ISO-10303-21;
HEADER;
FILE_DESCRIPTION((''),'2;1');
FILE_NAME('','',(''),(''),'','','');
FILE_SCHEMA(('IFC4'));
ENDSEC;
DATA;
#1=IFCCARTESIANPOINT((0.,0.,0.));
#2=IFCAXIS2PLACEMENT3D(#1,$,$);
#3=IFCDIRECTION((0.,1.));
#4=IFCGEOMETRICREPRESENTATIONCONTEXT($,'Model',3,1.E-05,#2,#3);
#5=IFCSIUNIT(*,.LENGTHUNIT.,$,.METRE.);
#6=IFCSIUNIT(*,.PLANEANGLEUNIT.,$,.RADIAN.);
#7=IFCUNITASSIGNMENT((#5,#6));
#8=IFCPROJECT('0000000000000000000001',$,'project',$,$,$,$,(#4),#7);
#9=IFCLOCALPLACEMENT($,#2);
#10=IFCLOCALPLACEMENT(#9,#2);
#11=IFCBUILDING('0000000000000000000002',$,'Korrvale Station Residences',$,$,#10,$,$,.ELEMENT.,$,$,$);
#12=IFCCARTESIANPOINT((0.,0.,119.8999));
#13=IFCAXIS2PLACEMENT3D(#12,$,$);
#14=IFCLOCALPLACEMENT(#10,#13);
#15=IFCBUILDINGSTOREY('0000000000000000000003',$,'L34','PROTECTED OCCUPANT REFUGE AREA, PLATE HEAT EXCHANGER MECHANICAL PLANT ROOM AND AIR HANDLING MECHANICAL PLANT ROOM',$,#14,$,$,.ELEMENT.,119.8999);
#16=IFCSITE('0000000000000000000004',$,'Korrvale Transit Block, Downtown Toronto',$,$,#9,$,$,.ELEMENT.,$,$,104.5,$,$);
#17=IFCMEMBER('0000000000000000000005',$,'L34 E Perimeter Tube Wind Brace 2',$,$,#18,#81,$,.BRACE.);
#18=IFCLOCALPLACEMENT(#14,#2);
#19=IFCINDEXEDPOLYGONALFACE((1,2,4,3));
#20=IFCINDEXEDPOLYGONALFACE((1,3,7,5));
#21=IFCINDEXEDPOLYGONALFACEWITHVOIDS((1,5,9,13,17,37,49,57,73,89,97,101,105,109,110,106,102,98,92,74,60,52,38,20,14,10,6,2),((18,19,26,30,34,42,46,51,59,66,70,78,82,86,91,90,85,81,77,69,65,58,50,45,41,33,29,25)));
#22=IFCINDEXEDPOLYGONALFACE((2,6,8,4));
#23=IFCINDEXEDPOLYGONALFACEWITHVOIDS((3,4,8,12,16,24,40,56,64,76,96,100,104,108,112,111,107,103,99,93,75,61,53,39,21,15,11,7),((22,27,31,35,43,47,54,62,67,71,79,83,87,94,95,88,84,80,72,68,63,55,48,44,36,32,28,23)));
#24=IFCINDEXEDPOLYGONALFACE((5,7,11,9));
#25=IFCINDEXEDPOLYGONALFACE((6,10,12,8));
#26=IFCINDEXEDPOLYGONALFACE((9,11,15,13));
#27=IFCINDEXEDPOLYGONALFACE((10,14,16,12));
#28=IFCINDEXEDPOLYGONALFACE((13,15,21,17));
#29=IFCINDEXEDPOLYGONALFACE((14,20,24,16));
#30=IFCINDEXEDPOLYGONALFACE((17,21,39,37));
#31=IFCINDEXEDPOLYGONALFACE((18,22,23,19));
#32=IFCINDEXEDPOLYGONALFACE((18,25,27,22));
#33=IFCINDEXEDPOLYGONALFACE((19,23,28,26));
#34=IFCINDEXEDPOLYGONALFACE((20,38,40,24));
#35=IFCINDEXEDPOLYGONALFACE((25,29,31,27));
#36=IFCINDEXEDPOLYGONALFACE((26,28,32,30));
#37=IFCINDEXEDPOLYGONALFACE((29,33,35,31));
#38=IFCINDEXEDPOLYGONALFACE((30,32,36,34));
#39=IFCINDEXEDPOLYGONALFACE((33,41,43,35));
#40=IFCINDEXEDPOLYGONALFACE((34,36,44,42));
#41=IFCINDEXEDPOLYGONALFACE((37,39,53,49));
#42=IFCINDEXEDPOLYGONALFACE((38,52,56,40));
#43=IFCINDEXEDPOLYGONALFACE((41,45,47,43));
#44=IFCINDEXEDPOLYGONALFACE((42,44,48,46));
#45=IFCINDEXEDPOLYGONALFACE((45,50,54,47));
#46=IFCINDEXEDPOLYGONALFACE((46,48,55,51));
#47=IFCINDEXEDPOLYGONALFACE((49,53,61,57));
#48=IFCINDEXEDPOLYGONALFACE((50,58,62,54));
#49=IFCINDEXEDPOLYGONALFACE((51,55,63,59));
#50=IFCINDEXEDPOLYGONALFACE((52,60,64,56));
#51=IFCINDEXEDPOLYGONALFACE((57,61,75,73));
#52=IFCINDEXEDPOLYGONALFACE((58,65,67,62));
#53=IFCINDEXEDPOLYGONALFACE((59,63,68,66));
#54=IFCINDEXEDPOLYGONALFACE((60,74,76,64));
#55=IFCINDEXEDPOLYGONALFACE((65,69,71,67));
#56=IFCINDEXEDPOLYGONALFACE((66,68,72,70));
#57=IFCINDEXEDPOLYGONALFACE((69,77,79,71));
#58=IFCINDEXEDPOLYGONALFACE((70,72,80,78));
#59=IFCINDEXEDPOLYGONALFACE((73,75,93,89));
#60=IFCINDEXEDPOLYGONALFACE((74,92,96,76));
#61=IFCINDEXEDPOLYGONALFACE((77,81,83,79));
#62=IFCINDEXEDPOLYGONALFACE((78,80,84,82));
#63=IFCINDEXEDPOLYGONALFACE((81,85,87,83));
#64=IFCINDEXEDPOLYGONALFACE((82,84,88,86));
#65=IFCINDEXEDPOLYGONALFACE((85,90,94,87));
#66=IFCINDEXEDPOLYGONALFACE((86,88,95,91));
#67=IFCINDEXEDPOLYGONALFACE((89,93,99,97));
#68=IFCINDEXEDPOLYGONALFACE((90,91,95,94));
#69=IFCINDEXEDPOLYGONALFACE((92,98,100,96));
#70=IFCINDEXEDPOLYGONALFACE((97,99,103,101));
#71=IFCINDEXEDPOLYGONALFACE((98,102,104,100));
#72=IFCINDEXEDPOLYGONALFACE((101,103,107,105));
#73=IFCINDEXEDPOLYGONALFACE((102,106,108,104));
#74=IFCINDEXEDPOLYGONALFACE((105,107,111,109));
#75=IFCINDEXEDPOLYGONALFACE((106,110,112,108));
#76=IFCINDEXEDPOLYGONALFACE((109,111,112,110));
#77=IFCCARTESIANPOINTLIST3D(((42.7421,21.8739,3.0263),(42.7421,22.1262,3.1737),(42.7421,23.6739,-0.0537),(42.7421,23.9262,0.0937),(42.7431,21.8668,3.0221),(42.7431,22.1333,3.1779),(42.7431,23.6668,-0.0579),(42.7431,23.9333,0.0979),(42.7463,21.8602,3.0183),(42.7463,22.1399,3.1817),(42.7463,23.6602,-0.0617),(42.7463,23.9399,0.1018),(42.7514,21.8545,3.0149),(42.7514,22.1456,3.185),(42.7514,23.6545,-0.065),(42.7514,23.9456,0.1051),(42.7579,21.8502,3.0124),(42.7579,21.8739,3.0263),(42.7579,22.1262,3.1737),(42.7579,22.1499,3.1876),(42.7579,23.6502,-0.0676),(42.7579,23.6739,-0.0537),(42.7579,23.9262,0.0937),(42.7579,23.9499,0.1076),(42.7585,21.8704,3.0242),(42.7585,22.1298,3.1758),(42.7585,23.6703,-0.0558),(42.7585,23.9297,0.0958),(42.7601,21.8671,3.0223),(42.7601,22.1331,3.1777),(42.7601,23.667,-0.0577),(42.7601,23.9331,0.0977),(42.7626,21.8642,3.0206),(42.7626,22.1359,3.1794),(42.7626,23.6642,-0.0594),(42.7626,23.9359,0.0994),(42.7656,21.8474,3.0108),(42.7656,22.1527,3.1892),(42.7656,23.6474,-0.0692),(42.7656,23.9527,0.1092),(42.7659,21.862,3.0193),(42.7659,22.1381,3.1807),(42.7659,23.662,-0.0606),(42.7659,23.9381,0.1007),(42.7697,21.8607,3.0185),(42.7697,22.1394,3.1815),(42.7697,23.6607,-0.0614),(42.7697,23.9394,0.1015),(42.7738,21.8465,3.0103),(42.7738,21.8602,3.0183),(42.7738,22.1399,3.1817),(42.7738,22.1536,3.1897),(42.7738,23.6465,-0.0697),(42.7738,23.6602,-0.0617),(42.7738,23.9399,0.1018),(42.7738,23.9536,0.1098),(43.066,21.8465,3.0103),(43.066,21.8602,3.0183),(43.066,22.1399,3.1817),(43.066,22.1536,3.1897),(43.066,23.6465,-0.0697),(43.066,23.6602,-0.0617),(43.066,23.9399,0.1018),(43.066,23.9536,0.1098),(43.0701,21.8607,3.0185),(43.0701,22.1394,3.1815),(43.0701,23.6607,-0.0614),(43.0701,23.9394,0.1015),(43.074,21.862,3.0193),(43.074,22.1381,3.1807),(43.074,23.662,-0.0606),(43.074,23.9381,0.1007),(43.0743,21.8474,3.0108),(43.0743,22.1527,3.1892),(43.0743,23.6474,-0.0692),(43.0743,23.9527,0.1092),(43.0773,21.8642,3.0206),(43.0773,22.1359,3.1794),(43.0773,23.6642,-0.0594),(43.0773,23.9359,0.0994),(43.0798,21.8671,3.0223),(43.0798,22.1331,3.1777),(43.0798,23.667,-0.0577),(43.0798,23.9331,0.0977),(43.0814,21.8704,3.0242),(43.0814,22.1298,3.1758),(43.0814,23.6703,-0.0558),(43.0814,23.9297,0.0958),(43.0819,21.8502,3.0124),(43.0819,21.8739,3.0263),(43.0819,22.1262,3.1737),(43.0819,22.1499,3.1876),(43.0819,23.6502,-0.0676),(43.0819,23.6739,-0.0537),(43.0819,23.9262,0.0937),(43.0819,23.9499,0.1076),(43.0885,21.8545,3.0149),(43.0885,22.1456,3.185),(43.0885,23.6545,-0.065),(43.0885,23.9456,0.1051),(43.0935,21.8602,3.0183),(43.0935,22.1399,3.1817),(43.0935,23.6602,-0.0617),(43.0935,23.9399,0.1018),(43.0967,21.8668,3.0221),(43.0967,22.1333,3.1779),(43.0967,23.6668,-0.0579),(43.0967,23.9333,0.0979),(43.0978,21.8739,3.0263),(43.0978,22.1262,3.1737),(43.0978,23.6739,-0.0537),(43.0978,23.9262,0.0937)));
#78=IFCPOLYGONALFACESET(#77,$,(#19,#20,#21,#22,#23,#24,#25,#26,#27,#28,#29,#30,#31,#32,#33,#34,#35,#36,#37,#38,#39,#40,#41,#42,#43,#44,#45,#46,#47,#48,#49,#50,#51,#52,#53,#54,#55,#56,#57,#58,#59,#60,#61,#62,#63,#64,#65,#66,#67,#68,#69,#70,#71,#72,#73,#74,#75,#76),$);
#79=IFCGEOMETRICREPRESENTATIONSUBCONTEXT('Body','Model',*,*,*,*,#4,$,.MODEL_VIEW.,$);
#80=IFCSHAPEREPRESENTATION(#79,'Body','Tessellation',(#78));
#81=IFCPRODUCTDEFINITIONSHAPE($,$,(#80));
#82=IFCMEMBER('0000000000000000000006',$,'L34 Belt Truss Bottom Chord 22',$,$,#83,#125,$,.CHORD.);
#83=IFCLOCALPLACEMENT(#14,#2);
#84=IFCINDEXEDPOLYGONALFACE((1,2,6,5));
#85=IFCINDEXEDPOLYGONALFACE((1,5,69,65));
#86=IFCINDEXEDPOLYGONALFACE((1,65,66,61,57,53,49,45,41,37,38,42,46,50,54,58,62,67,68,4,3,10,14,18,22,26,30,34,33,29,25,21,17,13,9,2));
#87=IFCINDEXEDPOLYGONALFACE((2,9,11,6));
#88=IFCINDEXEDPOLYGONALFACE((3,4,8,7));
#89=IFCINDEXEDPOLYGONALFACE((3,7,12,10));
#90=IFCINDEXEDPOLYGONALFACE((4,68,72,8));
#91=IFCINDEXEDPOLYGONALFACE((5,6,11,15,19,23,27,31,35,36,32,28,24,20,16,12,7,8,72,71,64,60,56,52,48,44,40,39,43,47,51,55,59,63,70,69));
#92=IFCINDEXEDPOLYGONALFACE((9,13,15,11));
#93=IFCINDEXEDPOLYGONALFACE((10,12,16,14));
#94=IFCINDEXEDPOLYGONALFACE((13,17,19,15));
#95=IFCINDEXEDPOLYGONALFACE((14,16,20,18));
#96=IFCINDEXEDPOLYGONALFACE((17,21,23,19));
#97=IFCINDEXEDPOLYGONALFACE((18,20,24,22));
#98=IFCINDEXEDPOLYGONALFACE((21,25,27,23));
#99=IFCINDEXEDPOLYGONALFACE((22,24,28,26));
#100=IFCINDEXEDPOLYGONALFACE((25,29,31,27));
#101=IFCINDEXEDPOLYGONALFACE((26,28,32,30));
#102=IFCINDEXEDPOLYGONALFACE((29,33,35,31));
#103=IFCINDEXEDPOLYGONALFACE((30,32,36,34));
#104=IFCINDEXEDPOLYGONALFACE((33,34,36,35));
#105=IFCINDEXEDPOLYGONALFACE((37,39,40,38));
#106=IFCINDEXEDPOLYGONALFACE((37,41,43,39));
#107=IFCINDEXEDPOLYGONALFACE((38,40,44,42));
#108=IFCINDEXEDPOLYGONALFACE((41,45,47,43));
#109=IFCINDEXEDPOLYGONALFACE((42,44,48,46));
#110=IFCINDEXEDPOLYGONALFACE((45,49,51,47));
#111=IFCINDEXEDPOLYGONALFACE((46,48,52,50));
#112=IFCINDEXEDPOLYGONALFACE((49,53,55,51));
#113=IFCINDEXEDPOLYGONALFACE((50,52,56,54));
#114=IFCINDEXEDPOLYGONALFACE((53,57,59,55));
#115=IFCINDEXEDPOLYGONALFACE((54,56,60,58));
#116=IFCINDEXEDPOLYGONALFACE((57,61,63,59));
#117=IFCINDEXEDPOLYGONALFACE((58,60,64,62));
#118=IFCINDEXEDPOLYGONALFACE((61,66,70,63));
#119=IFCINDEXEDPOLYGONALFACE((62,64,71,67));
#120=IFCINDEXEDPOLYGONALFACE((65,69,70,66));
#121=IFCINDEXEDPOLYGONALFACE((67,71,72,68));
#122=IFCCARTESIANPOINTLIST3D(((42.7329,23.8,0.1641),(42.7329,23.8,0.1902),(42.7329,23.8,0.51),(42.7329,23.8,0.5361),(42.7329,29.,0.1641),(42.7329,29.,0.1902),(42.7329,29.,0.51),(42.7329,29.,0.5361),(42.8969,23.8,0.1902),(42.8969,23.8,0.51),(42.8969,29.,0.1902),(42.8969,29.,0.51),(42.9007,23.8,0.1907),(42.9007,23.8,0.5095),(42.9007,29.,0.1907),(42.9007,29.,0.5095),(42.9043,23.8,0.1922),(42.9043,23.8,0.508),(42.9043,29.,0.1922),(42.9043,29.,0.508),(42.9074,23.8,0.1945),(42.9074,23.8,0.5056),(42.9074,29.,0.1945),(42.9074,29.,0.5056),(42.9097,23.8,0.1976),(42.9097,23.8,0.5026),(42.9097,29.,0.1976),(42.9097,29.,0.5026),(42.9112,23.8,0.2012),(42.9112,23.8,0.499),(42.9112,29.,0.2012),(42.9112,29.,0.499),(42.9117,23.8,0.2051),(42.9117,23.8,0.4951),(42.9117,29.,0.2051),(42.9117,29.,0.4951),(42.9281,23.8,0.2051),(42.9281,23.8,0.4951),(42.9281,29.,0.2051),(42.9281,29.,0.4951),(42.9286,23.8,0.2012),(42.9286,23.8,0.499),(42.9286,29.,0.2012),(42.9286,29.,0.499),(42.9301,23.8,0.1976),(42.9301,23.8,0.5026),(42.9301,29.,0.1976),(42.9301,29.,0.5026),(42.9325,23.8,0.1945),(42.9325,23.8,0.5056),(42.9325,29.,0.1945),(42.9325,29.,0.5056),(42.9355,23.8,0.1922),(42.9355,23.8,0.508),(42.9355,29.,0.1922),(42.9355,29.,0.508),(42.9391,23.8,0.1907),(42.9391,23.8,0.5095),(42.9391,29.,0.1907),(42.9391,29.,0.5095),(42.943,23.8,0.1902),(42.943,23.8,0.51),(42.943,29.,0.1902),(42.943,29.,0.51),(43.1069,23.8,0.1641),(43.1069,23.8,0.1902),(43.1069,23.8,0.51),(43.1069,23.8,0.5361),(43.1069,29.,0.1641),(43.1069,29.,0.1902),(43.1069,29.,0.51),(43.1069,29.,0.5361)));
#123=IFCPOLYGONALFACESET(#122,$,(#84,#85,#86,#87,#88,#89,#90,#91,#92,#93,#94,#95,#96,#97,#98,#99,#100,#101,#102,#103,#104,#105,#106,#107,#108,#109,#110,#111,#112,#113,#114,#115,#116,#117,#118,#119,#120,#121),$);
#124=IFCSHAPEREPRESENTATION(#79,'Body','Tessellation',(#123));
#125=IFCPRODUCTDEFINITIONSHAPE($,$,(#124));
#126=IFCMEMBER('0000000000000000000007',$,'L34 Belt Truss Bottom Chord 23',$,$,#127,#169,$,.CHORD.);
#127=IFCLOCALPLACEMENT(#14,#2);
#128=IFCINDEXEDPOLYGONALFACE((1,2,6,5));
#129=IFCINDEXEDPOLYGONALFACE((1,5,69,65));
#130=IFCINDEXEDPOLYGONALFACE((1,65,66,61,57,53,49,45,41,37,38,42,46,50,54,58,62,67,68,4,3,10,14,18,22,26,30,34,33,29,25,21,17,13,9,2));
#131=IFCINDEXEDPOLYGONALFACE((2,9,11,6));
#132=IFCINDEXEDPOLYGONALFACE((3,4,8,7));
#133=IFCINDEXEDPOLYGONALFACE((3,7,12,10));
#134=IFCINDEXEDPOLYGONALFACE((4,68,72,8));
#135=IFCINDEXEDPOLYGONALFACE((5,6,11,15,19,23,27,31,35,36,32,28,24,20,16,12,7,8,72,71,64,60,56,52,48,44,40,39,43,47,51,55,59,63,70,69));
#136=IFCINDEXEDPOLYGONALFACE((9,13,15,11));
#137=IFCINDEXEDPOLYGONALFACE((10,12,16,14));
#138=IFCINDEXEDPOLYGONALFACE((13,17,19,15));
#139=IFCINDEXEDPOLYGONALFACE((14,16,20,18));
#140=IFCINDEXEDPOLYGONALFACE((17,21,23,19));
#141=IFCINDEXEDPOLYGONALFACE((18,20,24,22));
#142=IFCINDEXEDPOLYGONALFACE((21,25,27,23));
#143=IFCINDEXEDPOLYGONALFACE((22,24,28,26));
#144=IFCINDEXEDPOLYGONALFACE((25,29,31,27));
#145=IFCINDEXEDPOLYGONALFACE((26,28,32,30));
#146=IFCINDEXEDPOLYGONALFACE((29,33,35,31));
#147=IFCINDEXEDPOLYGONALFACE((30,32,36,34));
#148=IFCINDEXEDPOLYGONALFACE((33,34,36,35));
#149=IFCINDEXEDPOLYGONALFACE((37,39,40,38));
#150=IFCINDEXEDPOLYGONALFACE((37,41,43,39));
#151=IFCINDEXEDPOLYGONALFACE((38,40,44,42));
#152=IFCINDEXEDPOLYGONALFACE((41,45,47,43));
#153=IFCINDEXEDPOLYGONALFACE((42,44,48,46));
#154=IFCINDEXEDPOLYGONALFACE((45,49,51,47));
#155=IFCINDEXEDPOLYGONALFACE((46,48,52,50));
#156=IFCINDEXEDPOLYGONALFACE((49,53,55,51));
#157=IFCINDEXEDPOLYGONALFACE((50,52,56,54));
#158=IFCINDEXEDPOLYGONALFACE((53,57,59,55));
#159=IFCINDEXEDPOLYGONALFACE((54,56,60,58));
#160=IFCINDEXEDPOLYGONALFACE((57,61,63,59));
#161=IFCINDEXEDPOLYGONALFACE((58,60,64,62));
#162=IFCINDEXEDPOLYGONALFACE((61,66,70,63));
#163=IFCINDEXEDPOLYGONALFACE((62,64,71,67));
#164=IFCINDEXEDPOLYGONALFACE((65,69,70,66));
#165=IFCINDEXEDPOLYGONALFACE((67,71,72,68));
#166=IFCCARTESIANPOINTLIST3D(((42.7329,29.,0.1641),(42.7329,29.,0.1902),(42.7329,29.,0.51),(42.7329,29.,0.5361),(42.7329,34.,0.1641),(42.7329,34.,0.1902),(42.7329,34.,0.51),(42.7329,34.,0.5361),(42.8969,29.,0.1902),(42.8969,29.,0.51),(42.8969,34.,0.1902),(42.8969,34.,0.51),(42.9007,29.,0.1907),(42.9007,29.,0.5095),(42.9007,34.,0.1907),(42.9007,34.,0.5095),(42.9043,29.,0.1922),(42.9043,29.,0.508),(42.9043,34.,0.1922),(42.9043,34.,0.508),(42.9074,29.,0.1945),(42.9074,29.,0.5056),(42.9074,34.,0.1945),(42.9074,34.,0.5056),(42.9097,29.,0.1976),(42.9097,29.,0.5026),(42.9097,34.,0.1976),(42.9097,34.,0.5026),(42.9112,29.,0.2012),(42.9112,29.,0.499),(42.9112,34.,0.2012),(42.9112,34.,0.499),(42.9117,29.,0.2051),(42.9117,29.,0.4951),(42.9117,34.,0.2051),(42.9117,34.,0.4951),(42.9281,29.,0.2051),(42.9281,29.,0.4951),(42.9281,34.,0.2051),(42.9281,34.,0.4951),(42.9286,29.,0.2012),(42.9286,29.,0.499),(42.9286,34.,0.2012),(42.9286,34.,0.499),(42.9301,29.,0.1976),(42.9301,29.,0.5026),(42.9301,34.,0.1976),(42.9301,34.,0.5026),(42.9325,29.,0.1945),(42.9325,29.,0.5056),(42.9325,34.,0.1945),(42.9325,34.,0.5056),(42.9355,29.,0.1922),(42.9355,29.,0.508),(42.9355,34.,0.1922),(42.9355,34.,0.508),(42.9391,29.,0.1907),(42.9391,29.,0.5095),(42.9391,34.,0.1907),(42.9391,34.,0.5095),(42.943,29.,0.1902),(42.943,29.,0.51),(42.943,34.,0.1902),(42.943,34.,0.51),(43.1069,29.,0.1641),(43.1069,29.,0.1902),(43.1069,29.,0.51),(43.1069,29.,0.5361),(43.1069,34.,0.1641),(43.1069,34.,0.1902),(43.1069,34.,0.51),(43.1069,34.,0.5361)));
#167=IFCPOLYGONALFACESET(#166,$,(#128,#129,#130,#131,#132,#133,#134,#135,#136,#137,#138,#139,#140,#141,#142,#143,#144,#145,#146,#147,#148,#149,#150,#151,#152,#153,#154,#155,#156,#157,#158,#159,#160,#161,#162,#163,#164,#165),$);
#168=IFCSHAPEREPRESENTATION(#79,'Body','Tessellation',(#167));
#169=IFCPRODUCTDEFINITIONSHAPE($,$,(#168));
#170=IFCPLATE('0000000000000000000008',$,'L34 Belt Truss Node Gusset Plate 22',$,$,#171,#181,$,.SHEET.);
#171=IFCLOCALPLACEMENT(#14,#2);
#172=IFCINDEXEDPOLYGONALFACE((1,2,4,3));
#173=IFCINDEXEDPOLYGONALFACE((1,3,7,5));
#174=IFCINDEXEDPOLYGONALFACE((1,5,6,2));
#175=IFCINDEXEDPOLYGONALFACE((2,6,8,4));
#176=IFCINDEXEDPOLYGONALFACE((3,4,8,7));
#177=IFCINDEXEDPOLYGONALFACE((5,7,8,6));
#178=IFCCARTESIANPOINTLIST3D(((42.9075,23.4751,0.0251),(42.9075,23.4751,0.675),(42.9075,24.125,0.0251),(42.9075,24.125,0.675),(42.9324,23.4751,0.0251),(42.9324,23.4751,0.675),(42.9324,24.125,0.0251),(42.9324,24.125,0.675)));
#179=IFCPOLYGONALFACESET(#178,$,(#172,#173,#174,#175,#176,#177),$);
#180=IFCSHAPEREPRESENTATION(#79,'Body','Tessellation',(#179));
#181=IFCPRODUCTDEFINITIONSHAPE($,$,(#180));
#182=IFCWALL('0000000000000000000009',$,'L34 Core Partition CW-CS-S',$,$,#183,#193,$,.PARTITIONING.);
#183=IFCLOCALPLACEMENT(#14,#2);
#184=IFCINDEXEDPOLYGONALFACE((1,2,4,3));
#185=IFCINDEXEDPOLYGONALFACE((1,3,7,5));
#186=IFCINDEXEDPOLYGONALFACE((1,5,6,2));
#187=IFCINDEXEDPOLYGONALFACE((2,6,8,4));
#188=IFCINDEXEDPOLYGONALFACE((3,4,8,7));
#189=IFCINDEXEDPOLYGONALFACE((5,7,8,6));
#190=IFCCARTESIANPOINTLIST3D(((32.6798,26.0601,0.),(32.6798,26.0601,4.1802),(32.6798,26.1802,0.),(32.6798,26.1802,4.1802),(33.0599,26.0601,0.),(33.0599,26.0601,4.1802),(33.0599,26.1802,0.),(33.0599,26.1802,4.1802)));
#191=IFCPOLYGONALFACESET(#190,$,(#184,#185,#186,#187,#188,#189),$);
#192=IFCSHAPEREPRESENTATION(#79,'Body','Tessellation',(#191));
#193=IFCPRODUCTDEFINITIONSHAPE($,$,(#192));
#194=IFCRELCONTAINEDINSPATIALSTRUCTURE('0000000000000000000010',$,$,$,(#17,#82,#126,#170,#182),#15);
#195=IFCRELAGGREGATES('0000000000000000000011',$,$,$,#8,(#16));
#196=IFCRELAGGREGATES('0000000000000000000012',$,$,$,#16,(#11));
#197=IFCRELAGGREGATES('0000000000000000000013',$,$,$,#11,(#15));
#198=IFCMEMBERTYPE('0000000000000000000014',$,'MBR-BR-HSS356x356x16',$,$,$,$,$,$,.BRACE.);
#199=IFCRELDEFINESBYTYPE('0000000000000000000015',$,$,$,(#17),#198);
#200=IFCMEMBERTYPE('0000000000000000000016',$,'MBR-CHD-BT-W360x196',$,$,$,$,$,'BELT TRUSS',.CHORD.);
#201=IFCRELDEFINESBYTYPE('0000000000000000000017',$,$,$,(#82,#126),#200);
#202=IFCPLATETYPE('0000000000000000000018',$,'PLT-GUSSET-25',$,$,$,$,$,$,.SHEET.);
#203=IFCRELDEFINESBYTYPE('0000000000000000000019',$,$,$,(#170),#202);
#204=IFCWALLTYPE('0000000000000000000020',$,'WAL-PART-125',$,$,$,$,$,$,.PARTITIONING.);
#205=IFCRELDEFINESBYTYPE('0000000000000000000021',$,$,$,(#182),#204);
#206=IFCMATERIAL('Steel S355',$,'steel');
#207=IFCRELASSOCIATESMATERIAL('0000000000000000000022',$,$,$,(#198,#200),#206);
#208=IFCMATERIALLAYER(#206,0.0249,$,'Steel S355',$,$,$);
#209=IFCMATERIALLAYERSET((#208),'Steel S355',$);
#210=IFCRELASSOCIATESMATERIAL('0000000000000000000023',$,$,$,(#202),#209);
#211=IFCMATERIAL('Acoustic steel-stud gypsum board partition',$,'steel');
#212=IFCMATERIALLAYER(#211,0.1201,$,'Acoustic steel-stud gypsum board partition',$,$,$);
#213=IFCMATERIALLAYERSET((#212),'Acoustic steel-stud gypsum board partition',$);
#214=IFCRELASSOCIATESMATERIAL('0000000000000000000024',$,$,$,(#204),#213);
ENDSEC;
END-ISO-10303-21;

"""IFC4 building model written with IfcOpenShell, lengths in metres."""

from ifc_helpers import new_model, si_unit, direction, frame, frame_2d, origin, origin_2d, place, context, subcontext, project, spatial, rectangle, hollow_rectangle, i_section, extrude, material, layer, layer_set, material_profile, profile_set, type_object, element, save


model = new_model("IFC4")

# Units and contexts
model_context = context("Model", 3, precision=1e-05, world=origin(), true_north=direction((0.0, 1.0)))
body_context = subcontext(model_context, "Body", "Model", "MODEL_VIEW")
ifc_project = project(units=[si_unit("LENGTHUNIT", "METRE"), si_unit("PLANEANGLEUNIT", "RADIAN")], contexts=[model_context])

# Site, building, storey
site_placement = place(None, origin())
site = spatial("IfcSite", under=ifc_project, at=site_placement, Name="Korrvale Transit Block, Downtown Toronto", CompositionType="ELEMENT", RefElevation=104.5)
building_placement = place(site_placement, origin())
building = spatial("IfcBuilding", under=site, at=building_placement, Name="Korrvale Station Residences", CompositionType="ELEMENT")
storey_placement = place(building_placement, frame((0.0, 0.0, 119.8999)))
storey = spatial("IfcBuildingStorey", under=building, at=storey_placement, Name="L34", Description="PROTECTED OCCUPANT REFUGE AREA, PLATE HEAT EXCHANGER MECHANICAL PLANT ROOM AND AIR HANDLING MECHANICAL PLANT ROOM", CompositionType="ELEMENT", Elevation=119.8999)

# Members
ifc_material_1 = material(Name="Steel S355", Category="steel")
ifc_material_profile_1 = material_profile(ifc_material_1, hollow_rectangle(XDim=0.3557, YDim=0.3557, WallThickness=0.0159, InnerFilletRadius=0.0159, OuterFilletRadius=0.0317, at=origin_2d()), Name="HSS356x356x16")
ifc_profile_set_1 = profile_set([ifc_material_profile_1], Name="Steel S355")
member_type_1 = type_object("IfcMemberType", Name="MBR-BR-HSS356x356x16", PredefinedType="BRACE", material=ifc_profile_set_1)
member_1_placement = place(storey_placement, frame((42.9199, 23.8, 0.02), z_axis=(0.0, -0.504569, 0.863372), x_axis=(1.0, 0.0, 0.0)))
element("IfcMember", 1, at=member_1_placement, inside=storey, type_object=member_type_1, Name="L34 E Perimeter Tube Wind Brace 2", PredefinedType="BRACE", context=body_context, shape_type="SweptSolid", body=[
    extrude(hollow_rectangle(XDim=0.3557, YDim=0.3557, WallThickness=0.0159, InnerFilletRadius=0.0159, OuterFilletRadius=0.0317, at=origin_2d()), origin(), (0.0, 0.0, 1.0), 3.5674),
])
ifc_material_profile_2 = material_profile(ifc_material_1, i_section(OverallWidth=0.374, OverallDepth=0.3721, WebThickness=0.0164, FlangeThickness=0.0261, FilletRadius=0.0149, at=origin_2d()), Name="W360x196")
ifc_profile_set_2 = profile_set([ifc_material_profile_2], Name="Steel S355")
member_type_2 = type_object("IfcMemberType", Name="MBR-CHD-BT-W360x196", ElementType="BELT TRUSS", PredefinedType="CHORD", material=ifc_profile_set_2)
member_2_placement = place(storey_placement, frame((42.9199, 23.8, 0.3501), z_axis=(0.0, 1.0, 0.0), x_axis=(-1.0, 0.0, 0.0)))
element("IfcMember", 2, at=member_2_placement, inside=storey, type_object=member_type_2, Name="L34 Belt Truss Bottom Chord 22", PredefinedType="CHORD", context=body_context, shape_type="SweptSolid", body=[
    extrude(i_section(OverallWidth=0.374, OverallDepth=0.3721, WebThickness=0.0164, FlangeThickness=0.0261, FilletRadius=0.0149, at=origin_2d()), origin(), (0.0, 0.0, 1.0), 5.2),
])
member_3_placement = place(storey_placement, frame((42.9199, 29.0, 0.3501), z_axis=(0.0, 1.0, 0.0), x_axis=(-1.0, 0.0, 0.0)))
element("IfcMember", 3, at=member_3_placement, inside=storey, type_object=member_type_2, Name="L34 Belt Truss Bottom Chord 23", PredefinedType="CHORD", context=body_context, shape_type="SweptSolid", body=[
    extrude(i_section(OverallWidth=0.374, OverallDepth=0.3721, WebThickness=0.0164, FlangeThickness=0.0261, FilletRadius=0.0149, at=origin_2d()), origin(), (0.0, 0.0, 1.0), 5.0),
])

# Plate
ifc_layer_1 = layer(ifc_material_1, 0.0249, Name="Steel S355")
ifc_layer_set_1 = layer_set([ifc_layer_1], Name="Steel S355")
plate_type = type_object("IfcPlateType", Name="PLT-GUSSET-25", PredefinedType="SHEET", material=ifc_layer_set_1)
plate_placement = place(storey_placement, frame((42.9199, 23.8, 0.0251), z_axis=(0.0, 0.0, 1.0), x_axis=(0.0, 1.0, 0.0)))
element("IfcPlate", 4, at=plate_placement, inside=storey, type_object=plate_type, Name="L34 Belt Truss Node Gusset Plate 22", PredefinedType="SHEET", context=body_context, shape_type="SweptSolid", body=[
    extrude(rectangle(XDim=0.6499, YDim=0.0249, at=origin_2d()), origin(), (0.0, 0.0, 1.0), 0.6499),
])

# Wall
ifc_material_2 = material(Name="Acoustic steel-stud gypsum board partition", Category="steel")
ifc_layer_2 = layer(ifc_material_2, 0.1201, Name="Acoustic steel-stud gypsum board partition")
ifc_layer_set_2 = layer_set([ifc_layer_2], Name="Acoustic steel-stud gypsum board partition")
wall_type_1 = type_object("IfcWallType", Name="WAL-PART-125", PredefinedType="PARTITIONING", material=ifc_layer_set_2)
wall_1_placement = place(storey_placement, frame((32.6799, 26.1201, 0.0), z_axis=(0.0, 0.0, 1.0), x_axis=(1.0, 0.0, 0.0)))
element("IfcWall", 5, at=wall_1_placement, inside=storey, type_object=wall_type_1, Name="L34 Core Partition CW-CS-S", PredefinedType="PARTITIONING", context=body_context, shape_type="SweptSolid", body=[
    extrude(rectangle(XDim=0.3801, YDim=0.1201, at=frame_2d((0.1899, 0.0))), origin(), (0.0, 0.0, 1.0), 4.1802),
])

save(model, "model.ifc")
